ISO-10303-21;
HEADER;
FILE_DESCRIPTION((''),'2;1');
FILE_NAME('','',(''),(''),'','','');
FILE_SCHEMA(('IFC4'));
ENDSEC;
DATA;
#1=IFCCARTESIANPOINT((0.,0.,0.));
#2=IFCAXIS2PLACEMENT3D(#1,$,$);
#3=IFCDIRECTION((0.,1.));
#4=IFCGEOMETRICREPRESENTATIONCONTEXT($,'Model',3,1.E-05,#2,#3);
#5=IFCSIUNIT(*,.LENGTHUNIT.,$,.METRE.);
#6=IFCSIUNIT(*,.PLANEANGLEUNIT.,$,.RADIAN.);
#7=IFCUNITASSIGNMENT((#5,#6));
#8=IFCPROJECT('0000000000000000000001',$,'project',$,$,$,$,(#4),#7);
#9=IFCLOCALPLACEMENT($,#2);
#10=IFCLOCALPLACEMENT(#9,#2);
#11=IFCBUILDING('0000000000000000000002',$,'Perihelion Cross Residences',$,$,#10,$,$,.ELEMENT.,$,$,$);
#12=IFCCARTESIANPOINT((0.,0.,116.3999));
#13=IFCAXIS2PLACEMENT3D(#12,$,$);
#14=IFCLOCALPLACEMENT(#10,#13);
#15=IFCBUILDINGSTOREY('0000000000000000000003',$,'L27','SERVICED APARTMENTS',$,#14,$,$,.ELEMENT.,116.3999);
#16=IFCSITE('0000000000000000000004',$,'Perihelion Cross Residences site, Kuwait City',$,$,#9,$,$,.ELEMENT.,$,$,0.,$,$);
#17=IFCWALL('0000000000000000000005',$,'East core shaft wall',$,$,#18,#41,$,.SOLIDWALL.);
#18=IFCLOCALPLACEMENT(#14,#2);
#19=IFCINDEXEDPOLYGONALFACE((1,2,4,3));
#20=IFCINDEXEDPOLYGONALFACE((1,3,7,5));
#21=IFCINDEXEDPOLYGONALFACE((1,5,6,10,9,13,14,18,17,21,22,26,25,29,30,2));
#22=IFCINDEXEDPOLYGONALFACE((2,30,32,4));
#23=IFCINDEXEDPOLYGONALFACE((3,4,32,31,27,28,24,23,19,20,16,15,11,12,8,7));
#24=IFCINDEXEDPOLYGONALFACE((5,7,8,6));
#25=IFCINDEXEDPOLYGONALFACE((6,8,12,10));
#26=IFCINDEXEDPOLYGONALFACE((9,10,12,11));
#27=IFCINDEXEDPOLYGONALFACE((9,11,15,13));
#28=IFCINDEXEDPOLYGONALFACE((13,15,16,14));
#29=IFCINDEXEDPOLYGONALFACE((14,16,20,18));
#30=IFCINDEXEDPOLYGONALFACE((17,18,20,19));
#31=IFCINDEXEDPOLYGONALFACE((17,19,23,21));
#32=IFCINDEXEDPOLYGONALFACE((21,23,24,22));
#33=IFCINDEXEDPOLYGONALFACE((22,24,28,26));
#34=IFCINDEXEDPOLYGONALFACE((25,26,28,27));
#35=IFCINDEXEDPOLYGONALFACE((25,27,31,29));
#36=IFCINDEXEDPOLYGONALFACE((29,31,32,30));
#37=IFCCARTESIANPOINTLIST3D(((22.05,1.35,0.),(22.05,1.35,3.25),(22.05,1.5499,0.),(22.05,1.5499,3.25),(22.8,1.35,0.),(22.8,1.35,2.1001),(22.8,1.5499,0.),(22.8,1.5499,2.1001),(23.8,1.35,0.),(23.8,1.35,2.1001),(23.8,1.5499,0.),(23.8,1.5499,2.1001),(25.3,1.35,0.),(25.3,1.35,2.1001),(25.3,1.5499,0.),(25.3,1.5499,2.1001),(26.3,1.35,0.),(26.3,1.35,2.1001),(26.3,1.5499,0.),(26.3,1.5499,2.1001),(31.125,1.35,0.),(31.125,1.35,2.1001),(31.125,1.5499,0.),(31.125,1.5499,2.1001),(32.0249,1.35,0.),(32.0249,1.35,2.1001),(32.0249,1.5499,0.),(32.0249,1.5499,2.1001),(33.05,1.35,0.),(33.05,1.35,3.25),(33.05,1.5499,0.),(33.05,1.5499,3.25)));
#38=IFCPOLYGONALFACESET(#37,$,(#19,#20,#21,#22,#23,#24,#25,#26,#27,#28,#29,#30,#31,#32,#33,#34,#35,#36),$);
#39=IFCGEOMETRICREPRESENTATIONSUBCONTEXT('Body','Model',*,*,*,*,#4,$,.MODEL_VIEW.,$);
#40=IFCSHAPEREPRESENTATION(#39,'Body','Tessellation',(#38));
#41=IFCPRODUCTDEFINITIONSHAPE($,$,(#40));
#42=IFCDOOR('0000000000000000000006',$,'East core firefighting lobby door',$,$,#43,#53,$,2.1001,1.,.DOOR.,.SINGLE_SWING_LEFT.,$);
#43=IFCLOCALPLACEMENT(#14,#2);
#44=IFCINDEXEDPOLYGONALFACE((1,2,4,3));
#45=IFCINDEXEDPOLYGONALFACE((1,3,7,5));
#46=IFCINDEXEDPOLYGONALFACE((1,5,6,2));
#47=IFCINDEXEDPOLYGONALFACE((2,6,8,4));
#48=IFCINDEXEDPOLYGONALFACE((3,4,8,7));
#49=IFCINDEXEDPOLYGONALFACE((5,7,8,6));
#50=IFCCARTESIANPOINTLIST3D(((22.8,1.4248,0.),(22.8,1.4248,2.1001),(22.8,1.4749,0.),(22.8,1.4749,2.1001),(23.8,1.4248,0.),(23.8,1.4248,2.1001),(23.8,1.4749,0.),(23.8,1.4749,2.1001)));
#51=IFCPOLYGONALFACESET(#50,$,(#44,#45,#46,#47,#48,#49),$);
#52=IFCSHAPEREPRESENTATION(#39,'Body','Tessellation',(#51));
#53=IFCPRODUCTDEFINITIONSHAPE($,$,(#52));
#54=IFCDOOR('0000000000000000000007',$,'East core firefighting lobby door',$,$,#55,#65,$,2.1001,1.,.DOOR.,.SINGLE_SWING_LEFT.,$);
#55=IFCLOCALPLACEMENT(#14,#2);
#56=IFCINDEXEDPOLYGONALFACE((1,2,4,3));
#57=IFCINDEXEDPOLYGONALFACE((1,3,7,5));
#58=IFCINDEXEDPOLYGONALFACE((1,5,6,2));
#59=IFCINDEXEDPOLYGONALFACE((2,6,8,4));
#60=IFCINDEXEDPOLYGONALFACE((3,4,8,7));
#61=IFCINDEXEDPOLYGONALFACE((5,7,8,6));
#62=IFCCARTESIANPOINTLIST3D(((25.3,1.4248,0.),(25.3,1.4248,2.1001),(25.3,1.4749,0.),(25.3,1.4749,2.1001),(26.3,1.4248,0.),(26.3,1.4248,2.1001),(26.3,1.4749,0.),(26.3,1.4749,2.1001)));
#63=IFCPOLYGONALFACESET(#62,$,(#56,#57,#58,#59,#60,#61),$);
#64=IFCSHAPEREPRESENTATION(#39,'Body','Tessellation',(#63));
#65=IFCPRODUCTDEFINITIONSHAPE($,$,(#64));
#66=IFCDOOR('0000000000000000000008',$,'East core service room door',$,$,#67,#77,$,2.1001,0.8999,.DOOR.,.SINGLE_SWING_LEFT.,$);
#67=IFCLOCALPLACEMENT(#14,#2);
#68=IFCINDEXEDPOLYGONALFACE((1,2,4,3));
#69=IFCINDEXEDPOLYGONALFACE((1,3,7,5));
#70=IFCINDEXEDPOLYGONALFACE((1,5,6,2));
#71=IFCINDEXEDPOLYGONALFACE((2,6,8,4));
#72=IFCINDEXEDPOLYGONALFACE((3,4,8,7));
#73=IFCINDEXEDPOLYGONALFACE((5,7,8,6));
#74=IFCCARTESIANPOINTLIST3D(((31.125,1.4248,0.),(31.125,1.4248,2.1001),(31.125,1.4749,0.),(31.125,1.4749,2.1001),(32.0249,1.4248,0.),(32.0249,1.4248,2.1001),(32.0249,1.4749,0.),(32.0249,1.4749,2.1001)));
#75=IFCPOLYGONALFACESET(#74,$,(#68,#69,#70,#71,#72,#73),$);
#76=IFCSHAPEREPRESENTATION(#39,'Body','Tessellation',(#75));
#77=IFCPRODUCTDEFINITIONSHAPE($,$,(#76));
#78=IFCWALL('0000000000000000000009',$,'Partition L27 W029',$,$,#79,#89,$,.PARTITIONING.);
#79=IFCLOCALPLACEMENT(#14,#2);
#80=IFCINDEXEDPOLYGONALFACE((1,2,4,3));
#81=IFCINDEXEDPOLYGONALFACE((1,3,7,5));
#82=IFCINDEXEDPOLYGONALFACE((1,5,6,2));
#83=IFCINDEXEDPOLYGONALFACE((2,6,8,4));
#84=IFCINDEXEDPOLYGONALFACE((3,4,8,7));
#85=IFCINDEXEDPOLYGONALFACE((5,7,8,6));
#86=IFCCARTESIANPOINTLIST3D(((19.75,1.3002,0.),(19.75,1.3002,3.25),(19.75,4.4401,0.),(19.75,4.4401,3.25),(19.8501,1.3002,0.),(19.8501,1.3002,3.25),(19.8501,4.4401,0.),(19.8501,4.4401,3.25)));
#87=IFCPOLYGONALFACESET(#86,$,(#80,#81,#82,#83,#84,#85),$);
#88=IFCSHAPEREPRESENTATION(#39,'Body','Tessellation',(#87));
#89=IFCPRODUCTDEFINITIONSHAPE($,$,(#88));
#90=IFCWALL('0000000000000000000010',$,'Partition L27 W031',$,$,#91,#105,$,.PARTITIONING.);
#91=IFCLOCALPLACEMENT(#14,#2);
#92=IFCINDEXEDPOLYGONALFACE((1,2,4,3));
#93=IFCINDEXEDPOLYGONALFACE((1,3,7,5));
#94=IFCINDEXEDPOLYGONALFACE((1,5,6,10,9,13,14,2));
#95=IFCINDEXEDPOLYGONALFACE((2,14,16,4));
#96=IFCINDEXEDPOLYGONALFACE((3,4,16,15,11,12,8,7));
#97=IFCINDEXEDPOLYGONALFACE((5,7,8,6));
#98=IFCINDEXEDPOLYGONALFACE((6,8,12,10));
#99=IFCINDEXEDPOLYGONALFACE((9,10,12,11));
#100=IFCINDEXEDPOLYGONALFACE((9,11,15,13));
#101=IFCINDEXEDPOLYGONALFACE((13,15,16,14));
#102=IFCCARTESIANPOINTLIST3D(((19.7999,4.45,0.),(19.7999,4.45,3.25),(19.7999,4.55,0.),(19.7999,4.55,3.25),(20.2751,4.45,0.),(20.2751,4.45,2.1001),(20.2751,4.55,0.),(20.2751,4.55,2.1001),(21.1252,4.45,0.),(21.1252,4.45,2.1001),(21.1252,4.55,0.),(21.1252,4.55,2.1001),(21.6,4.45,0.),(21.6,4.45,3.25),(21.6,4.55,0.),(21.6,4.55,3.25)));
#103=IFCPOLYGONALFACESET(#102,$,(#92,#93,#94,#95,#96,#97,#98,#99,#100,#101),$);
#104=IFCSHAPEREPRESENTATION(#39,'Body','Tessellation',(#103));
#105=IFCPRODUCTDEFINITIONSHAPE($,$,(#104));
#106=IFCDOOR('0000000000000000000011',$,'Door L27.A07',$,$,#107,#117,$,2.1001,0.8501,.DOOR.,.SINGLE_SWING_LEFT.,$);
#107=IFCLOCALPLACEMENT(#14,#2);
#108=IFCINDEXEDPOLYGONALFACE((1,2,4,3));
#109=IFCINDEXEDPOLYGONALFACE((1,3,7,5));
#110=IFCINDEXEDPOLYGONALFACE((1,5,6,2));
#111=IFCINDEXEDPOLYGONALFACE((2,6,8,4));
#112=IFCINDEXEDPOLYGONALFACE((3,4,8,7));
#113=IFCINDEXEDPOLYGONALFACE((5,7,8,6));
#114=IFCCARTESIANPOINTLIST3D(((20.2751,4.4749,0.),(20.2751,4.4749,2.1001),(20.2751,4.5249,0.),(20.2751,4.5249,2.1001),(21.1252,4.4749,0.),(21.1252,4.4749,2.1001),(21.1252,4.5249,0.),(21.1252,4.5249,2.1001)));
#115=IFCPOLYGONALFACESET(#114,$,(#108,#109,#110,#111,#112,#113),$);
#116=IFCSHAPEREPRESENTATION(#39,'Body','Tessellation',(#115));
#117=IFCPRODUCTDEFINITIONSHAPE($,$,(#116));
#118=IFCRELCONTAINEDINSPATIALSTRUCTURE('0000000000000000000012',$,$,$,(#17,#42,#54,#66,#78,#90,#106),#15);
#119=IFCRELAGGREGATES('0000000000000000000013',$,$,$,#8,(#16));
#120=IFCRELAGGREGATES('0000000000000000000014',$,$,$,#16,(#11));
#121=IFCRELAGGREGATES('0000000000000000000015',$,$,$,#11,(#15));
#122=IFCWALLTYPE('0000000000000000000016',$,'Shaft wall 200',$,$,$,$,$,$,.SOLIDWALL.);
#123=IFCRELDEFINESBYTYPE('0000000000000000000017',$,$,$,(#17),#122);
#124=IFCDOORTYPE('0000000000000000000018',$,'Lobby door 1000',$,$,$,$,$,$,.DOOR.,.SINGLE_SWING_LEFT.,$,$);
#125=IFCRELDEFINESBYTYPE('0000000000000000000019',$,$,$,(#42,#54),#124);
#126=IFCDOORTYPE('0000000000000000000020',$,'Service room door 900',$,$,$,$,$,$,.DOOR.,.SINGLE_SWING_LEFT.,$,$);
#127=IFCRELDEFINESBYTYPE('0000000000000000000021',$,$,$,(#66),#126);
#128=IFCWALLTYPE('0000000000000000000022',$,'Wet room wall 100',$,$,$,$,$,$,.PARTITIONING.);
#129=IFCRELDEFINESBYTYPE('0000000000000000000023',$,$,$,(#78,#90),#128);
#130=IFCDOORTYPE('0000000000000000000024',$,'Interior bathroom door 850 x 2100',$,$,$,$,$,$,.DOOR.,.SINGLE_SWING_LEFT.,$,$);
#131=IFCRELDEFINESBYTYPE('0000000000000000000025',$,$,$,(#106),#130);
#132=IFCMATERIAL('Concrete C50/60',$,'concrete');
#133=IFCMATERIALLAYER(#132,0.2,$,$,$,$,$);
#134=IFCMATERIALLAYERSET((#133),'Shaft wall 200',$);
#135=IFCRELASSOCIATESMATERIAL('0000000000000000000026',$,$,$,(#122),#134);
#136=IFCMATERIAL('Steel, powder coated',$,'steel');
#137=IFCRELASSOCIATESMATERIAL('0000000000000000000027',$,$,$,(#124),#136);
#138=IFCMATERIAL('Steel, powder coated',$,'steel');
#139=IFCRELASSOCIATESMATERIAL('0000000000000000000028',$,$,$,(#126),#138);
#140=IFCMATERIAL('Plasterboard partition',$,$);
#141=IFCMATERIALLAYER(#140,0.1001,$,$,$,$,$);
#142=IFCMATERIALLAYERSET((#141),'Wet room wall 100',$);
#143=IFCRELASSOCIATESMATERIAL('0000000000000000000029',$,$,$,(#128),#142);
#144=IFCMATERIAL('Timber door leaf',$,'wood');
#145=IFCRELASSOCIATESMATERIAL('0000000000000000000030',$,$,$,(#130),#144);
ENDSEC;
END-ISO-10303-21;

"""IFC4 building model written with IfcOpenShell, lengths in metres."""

from ifc_helpers import new_model, si_unit, direction, frame, frame_2d, origin, place, context, subcontext, project, spatial, rectangle, extrude, material, layer, layer_set, type_object, element, fill, save


model = new_model("IFC4")

# Units and contexts
model_context = context("Model", 3, precision=1e-05, world=origin(), true_north=direction((0.0, 1.0)))
body_context = subcontext(model_context, "Body", "Model", "MODEL_VIEW")
ifc_project = project(units=[si_unit("LENGTHUNIT", "METRE"), si_unit("PLANEANGLEUNIT", "RADIAN")], contexts=[model_context])

# Site, building, storey
site_placement = place(None, origin())
site = spatial("IfcSite", under=ifc_project, at=site_placement, Name="Perihelion Cross Residences site, Kuwait City", CompositionType="ELEMENT", RefElevation=0.0)
building_placement = place(site_placement, origin())
building = spatial("IfcBuilding", under=site, at=building_placement, Name="Perihelion Cross Residences", CompositionType="ELEMENT")
storey_placement = place(building_placement, frame((0.0, 0.0, 116.3999)))
storey = spatial("IfcBuildingStorey", under=building, at=storey_placement, Name="L27", Description="SERVICED APARTMENTS", CompositionType="ELEMENT", Elevation=116.3999)

# Wall, openings, doors
ifc_material_1 = material(Name="Concrete C50/60", Category="concrete")
ifc_layer_1 = layer(ifc_material_1, 0.2)
ifc_layer_set_1 = layer_set([ifc_layer_1], Name="Shaft wall 200")
wall_type_1 = type_object("IfcWallType", Name="Shaft wall 200", PredefinedType="SOLIDWALL", material=ifc_layer_set_1)
wall_1_placement = place(storey_placement, frame((22.05, 1.45, 0.0), z_axis=(0.0, 0.0, 1.0), x_axis=(1.0, 0.0, 0.0)))
wall_1 = element("IfcWall", 1, at=wall_1_placement, inside=storey, type_object=wall_type_1, Name="East core shaft wall", PredefinedType="SOLIDWALL", context=body_context, shape_type="SweptSolid", body=[
    extrude(rectangle(XDim=11.0, YDim=0.2, at=frame_2d((5.5, 0.0))), origin(), (0.0, 0.0, 1.0), 3.25),
])
opening_1_placement = place(wall_1_placement, frame((0.75, 0.0, 0.0)))
opening_1 = element("IfcOpeningElement", 2, at=opening_1_placement, cuts=wall_1, PredefinedType="OPENING", context=body_context, shape_type="SweptSolid", body=[
    extrude(rectangle(XDim=1.0, YDim=2.1001, at=frame_2d((0.5, 1.05))), frame((0.0, 0.1099, 0.0), z_axis=(0.0, -1.0, 0.0), x_axis=(1.0, 0.0, 0.0)), (0.0, 0.0, 1.0), 0.22),
])
opening_2_placement = place(wall_1_placement, frame((3.25, 0.0, 0.0)))
opening_2 = element("IfcOpeningElement", 3, at=opening_2_placement, cuts=wall_1, PredefinedType="OPENING", context=body_context, shape_type="SweptSolid", body=[
    extrude(rectangle(XDim=1.0, YDim=2.1001, at=frame_2d((0.5, 1.05))), frame((0.0, 0.1099, 0.0), z_axis=(0.0, -1.0, 0.0), x_axis=(1.0, 0.0, 0.0)), (0.0, 0.0, 1.0), 0.22),
])
opening_3_placement = place(wall_1_placement, frame((9.075, 0.0, 0.0)))
opening_3 = element("IfcOpeningElement", 4, at=opening_3_placement, cuts=wall_1, PredefinedType="OPENING", context=body_context, shape_type="SweptSolid", body=[
    extrude(rectangle(XDim=0.8999, YDim=2.1001, at=frame_2d((0.45, 1.05))), frame((0.0, 0.1099, 0.0), z_axis=(0.0, -1.0, 0.0), x_axis=(1.0, 0.0, 0.0)), (0.0, 0.0, 1.0), 0.22),
])
ifc_material_2 = material(Name="Steel, powder coated", Category="steel")
door_type_1 = type_object("IfcDoorType", Name="Lobby door 1000", OperationType="SINGLE_SWING_LEFT", PredefinedType="DOOR", material=ifc_material_2)
door_1_placement = place(opening_1_placement, origin())
door_1 = element("IfcDoor", 5, at=door_1_placement, inside=storey, type_object=door_type_1, Name="East core firefighting lobby door", OperationType="SINGLE_SWING_LEFT", OverallHeight=2.1001, OverallWidth=1.0, PredefinedType="DOOR", context=body_context, shape_type="SweptSolid", body=[
    extrude(rectangle(XDim=1.0, YDim=2.1001, at=frame_2d((0.5, 1.05))), frame((0.0, 0.0249, 0.0), z_axis=(0.0, -1.0, 0.0), x_axis=(1.0, 0.0, 0.0)), (0.0, 0.0, 1.0), 0.05),
])
fill(opening_1, door_1)
door_2_placement = place(opening_2_placement, origin())
door_2 = element("IfcDoor", 6, at=door_2_placement, inside=storey, type_object=door_type_1, Name="East core firefighting lobby door", OperationType="SINGLE_SWING_LEFT", OverallHeight=2.1001, OverallWidth=1.0, PredefinedType="DOOR", context=body_context, shape_type="SweptSolid", body=[
    extrude(rectangle(XDim=1.0, YDim=2.1001, at=frame_2d((0.5, 1.05))), frame((0.0, 0.0249, 0.0), z_axis=(0.0, -1.0, 0.0), x_axis=(1.0, 0.0, 0.0)), (0.0, 0.0, 1.0), 0.05),
])
fill(opening_2, door_2)
ifc_material_3 = material(Name="Steel, powder coated", Category="steel")
door_type_2 = type_object("IfcDoorType", Name="Service room door 900", OperationType="SINGLE_SWING_LEFT", PredefinedType="DOOR", material=ifc_material_3)
door_3_placement = place(opening_3_placement, origin())
door_3 = element("IfcDoor", 7, at=door_3_placement, inside=storey, type_object=door_type_2, Name="East core service room door", OperationType="SINGLE_SWING_LEFT", OverallHeight=2.1001, OverallWidth=0.8999, PredefinedType="DOOR", context=body_context, shape_type="SweptSolid", body=[
    extrude(rectangle(XDim=0.8999, YDim=2.1001, at=frame_2d((0.45, 1.05))), frame((0.0, 0.0249, 0.0), z_axis=(0.0, -1.0, 0.0), x_axis=(1.0, 0.0, 0.0)), (0.0, 0.0, 1.0), 0.05),
])
fill(opening_3, door_3)

# Wall
ifc_material_4 = material(Name="Plasterboard partition")
ifc_layer_2 = layer(ifc_material_4, 0.1001)
ifc_layer_set_2 = layer_set([ifc_layer_2], Name="Wet room wall 100")
wall_type_2 = type_object("IfcWallType", Name="Wet room wall 100", PredefinedType="PARTITIONING", material=ifc_layer_set_2)
wall_2_placement = place(storey_placement, frame((19.8, 4.4399, 0.0), z_axis=(0.0, 0.0, 1.0), x_axis=(0.0, -1.0, 0.0)))
element("IfcWall", 8, at=wall_2_placement, inside=storey, type_object=wall_type_2, Name="Partition L27 W029", PredefinedType="PARTITIONING", context=body_context, shape_type="SweptSolid", body=[
    extrude(rectangle(XDim=3.1399, YDim=0.1001, at=frame_2d((1.5698, 0.0))), origin(), (0.0, 0.0, 1.0), 3.25),
])

# Wall, opening, door
wall_3_placement = place(storey_placement, frame((19.8, 4.5, 0.0), z_axis=(0.0, 0.0, 1.0), x_axis=(1.0, 0.0, 0.0)))
wall_3 = element("IfcWall", 9, at=wall_3_placement, inside=storey, type_object=wall_type_2, Name="Partition L27 W031", PredefinedType="PARTITIONING", context=body_context, shape_type="SweptSolid", body=[
    extrude(rectangle(XDim=1.8, YDim=0.1001, at=frame_2d((0.8999, 0.0))), origin(), (0.0, 0.0, 1.0), 3.25),
])
opening_4_placement = place(wall_3_placement, frame((0.4751, 0.0, 0.0)))
opening_4 = element("IfcOpeningElement", 10, at=opening_4_placement, cuts=wall_3, PredefinedType="OPENING", context=body_context, shape_type="SweptSolid", body=[
    extrude(rectangle(XDim=0.8501, YDim=2.1001, at=frame_2d((0.425, 1.05))), frame((0.0, 0.0601, 0.0), z_axis=(0.0, -1.0, 0.0), x_axis=(1.0, 0.0, 0.0)), (0.0, 0.0, 1.0), 0.1201),
])
ifc_material_5 = material(Name="Timber door leaf", Category="wood")
door_type_3 = type_object("IfcDoorType", Name="Interior bathroom door 850 x 2100", OperationType="SINGLE_SWING_LEFT", PredefinedType="DOOR", material=ifc_material_5)
door_4_placement = place(opening_4_placement, origin())
door_4 = element("IfcDoor", 11, at=door_4_placement, inside=storey, type_object=door_type_3, Name="Door L27.A07", OperationType="SINGLE_SWING_LEFT", OverallHeight=2.1001, OverallWidth=0.8501, PredefinedType="DOOR", context=body_context, shape_type="SweptSolid", body=[
    extrude(rectangle(XDim=0.8501, YDim=2.1001, at=frame_2d((0.425, 1.05))), frame((0.0, 0.0249, 0.0), z_axis=(0.0, -1.0, 0.0), x_axis=(1.0, 0.0, 0.0)), (0.0, 0.0, 1.0), 0.05),
])
fill(opening_4, door_4)

save(model, "model.ifc")
